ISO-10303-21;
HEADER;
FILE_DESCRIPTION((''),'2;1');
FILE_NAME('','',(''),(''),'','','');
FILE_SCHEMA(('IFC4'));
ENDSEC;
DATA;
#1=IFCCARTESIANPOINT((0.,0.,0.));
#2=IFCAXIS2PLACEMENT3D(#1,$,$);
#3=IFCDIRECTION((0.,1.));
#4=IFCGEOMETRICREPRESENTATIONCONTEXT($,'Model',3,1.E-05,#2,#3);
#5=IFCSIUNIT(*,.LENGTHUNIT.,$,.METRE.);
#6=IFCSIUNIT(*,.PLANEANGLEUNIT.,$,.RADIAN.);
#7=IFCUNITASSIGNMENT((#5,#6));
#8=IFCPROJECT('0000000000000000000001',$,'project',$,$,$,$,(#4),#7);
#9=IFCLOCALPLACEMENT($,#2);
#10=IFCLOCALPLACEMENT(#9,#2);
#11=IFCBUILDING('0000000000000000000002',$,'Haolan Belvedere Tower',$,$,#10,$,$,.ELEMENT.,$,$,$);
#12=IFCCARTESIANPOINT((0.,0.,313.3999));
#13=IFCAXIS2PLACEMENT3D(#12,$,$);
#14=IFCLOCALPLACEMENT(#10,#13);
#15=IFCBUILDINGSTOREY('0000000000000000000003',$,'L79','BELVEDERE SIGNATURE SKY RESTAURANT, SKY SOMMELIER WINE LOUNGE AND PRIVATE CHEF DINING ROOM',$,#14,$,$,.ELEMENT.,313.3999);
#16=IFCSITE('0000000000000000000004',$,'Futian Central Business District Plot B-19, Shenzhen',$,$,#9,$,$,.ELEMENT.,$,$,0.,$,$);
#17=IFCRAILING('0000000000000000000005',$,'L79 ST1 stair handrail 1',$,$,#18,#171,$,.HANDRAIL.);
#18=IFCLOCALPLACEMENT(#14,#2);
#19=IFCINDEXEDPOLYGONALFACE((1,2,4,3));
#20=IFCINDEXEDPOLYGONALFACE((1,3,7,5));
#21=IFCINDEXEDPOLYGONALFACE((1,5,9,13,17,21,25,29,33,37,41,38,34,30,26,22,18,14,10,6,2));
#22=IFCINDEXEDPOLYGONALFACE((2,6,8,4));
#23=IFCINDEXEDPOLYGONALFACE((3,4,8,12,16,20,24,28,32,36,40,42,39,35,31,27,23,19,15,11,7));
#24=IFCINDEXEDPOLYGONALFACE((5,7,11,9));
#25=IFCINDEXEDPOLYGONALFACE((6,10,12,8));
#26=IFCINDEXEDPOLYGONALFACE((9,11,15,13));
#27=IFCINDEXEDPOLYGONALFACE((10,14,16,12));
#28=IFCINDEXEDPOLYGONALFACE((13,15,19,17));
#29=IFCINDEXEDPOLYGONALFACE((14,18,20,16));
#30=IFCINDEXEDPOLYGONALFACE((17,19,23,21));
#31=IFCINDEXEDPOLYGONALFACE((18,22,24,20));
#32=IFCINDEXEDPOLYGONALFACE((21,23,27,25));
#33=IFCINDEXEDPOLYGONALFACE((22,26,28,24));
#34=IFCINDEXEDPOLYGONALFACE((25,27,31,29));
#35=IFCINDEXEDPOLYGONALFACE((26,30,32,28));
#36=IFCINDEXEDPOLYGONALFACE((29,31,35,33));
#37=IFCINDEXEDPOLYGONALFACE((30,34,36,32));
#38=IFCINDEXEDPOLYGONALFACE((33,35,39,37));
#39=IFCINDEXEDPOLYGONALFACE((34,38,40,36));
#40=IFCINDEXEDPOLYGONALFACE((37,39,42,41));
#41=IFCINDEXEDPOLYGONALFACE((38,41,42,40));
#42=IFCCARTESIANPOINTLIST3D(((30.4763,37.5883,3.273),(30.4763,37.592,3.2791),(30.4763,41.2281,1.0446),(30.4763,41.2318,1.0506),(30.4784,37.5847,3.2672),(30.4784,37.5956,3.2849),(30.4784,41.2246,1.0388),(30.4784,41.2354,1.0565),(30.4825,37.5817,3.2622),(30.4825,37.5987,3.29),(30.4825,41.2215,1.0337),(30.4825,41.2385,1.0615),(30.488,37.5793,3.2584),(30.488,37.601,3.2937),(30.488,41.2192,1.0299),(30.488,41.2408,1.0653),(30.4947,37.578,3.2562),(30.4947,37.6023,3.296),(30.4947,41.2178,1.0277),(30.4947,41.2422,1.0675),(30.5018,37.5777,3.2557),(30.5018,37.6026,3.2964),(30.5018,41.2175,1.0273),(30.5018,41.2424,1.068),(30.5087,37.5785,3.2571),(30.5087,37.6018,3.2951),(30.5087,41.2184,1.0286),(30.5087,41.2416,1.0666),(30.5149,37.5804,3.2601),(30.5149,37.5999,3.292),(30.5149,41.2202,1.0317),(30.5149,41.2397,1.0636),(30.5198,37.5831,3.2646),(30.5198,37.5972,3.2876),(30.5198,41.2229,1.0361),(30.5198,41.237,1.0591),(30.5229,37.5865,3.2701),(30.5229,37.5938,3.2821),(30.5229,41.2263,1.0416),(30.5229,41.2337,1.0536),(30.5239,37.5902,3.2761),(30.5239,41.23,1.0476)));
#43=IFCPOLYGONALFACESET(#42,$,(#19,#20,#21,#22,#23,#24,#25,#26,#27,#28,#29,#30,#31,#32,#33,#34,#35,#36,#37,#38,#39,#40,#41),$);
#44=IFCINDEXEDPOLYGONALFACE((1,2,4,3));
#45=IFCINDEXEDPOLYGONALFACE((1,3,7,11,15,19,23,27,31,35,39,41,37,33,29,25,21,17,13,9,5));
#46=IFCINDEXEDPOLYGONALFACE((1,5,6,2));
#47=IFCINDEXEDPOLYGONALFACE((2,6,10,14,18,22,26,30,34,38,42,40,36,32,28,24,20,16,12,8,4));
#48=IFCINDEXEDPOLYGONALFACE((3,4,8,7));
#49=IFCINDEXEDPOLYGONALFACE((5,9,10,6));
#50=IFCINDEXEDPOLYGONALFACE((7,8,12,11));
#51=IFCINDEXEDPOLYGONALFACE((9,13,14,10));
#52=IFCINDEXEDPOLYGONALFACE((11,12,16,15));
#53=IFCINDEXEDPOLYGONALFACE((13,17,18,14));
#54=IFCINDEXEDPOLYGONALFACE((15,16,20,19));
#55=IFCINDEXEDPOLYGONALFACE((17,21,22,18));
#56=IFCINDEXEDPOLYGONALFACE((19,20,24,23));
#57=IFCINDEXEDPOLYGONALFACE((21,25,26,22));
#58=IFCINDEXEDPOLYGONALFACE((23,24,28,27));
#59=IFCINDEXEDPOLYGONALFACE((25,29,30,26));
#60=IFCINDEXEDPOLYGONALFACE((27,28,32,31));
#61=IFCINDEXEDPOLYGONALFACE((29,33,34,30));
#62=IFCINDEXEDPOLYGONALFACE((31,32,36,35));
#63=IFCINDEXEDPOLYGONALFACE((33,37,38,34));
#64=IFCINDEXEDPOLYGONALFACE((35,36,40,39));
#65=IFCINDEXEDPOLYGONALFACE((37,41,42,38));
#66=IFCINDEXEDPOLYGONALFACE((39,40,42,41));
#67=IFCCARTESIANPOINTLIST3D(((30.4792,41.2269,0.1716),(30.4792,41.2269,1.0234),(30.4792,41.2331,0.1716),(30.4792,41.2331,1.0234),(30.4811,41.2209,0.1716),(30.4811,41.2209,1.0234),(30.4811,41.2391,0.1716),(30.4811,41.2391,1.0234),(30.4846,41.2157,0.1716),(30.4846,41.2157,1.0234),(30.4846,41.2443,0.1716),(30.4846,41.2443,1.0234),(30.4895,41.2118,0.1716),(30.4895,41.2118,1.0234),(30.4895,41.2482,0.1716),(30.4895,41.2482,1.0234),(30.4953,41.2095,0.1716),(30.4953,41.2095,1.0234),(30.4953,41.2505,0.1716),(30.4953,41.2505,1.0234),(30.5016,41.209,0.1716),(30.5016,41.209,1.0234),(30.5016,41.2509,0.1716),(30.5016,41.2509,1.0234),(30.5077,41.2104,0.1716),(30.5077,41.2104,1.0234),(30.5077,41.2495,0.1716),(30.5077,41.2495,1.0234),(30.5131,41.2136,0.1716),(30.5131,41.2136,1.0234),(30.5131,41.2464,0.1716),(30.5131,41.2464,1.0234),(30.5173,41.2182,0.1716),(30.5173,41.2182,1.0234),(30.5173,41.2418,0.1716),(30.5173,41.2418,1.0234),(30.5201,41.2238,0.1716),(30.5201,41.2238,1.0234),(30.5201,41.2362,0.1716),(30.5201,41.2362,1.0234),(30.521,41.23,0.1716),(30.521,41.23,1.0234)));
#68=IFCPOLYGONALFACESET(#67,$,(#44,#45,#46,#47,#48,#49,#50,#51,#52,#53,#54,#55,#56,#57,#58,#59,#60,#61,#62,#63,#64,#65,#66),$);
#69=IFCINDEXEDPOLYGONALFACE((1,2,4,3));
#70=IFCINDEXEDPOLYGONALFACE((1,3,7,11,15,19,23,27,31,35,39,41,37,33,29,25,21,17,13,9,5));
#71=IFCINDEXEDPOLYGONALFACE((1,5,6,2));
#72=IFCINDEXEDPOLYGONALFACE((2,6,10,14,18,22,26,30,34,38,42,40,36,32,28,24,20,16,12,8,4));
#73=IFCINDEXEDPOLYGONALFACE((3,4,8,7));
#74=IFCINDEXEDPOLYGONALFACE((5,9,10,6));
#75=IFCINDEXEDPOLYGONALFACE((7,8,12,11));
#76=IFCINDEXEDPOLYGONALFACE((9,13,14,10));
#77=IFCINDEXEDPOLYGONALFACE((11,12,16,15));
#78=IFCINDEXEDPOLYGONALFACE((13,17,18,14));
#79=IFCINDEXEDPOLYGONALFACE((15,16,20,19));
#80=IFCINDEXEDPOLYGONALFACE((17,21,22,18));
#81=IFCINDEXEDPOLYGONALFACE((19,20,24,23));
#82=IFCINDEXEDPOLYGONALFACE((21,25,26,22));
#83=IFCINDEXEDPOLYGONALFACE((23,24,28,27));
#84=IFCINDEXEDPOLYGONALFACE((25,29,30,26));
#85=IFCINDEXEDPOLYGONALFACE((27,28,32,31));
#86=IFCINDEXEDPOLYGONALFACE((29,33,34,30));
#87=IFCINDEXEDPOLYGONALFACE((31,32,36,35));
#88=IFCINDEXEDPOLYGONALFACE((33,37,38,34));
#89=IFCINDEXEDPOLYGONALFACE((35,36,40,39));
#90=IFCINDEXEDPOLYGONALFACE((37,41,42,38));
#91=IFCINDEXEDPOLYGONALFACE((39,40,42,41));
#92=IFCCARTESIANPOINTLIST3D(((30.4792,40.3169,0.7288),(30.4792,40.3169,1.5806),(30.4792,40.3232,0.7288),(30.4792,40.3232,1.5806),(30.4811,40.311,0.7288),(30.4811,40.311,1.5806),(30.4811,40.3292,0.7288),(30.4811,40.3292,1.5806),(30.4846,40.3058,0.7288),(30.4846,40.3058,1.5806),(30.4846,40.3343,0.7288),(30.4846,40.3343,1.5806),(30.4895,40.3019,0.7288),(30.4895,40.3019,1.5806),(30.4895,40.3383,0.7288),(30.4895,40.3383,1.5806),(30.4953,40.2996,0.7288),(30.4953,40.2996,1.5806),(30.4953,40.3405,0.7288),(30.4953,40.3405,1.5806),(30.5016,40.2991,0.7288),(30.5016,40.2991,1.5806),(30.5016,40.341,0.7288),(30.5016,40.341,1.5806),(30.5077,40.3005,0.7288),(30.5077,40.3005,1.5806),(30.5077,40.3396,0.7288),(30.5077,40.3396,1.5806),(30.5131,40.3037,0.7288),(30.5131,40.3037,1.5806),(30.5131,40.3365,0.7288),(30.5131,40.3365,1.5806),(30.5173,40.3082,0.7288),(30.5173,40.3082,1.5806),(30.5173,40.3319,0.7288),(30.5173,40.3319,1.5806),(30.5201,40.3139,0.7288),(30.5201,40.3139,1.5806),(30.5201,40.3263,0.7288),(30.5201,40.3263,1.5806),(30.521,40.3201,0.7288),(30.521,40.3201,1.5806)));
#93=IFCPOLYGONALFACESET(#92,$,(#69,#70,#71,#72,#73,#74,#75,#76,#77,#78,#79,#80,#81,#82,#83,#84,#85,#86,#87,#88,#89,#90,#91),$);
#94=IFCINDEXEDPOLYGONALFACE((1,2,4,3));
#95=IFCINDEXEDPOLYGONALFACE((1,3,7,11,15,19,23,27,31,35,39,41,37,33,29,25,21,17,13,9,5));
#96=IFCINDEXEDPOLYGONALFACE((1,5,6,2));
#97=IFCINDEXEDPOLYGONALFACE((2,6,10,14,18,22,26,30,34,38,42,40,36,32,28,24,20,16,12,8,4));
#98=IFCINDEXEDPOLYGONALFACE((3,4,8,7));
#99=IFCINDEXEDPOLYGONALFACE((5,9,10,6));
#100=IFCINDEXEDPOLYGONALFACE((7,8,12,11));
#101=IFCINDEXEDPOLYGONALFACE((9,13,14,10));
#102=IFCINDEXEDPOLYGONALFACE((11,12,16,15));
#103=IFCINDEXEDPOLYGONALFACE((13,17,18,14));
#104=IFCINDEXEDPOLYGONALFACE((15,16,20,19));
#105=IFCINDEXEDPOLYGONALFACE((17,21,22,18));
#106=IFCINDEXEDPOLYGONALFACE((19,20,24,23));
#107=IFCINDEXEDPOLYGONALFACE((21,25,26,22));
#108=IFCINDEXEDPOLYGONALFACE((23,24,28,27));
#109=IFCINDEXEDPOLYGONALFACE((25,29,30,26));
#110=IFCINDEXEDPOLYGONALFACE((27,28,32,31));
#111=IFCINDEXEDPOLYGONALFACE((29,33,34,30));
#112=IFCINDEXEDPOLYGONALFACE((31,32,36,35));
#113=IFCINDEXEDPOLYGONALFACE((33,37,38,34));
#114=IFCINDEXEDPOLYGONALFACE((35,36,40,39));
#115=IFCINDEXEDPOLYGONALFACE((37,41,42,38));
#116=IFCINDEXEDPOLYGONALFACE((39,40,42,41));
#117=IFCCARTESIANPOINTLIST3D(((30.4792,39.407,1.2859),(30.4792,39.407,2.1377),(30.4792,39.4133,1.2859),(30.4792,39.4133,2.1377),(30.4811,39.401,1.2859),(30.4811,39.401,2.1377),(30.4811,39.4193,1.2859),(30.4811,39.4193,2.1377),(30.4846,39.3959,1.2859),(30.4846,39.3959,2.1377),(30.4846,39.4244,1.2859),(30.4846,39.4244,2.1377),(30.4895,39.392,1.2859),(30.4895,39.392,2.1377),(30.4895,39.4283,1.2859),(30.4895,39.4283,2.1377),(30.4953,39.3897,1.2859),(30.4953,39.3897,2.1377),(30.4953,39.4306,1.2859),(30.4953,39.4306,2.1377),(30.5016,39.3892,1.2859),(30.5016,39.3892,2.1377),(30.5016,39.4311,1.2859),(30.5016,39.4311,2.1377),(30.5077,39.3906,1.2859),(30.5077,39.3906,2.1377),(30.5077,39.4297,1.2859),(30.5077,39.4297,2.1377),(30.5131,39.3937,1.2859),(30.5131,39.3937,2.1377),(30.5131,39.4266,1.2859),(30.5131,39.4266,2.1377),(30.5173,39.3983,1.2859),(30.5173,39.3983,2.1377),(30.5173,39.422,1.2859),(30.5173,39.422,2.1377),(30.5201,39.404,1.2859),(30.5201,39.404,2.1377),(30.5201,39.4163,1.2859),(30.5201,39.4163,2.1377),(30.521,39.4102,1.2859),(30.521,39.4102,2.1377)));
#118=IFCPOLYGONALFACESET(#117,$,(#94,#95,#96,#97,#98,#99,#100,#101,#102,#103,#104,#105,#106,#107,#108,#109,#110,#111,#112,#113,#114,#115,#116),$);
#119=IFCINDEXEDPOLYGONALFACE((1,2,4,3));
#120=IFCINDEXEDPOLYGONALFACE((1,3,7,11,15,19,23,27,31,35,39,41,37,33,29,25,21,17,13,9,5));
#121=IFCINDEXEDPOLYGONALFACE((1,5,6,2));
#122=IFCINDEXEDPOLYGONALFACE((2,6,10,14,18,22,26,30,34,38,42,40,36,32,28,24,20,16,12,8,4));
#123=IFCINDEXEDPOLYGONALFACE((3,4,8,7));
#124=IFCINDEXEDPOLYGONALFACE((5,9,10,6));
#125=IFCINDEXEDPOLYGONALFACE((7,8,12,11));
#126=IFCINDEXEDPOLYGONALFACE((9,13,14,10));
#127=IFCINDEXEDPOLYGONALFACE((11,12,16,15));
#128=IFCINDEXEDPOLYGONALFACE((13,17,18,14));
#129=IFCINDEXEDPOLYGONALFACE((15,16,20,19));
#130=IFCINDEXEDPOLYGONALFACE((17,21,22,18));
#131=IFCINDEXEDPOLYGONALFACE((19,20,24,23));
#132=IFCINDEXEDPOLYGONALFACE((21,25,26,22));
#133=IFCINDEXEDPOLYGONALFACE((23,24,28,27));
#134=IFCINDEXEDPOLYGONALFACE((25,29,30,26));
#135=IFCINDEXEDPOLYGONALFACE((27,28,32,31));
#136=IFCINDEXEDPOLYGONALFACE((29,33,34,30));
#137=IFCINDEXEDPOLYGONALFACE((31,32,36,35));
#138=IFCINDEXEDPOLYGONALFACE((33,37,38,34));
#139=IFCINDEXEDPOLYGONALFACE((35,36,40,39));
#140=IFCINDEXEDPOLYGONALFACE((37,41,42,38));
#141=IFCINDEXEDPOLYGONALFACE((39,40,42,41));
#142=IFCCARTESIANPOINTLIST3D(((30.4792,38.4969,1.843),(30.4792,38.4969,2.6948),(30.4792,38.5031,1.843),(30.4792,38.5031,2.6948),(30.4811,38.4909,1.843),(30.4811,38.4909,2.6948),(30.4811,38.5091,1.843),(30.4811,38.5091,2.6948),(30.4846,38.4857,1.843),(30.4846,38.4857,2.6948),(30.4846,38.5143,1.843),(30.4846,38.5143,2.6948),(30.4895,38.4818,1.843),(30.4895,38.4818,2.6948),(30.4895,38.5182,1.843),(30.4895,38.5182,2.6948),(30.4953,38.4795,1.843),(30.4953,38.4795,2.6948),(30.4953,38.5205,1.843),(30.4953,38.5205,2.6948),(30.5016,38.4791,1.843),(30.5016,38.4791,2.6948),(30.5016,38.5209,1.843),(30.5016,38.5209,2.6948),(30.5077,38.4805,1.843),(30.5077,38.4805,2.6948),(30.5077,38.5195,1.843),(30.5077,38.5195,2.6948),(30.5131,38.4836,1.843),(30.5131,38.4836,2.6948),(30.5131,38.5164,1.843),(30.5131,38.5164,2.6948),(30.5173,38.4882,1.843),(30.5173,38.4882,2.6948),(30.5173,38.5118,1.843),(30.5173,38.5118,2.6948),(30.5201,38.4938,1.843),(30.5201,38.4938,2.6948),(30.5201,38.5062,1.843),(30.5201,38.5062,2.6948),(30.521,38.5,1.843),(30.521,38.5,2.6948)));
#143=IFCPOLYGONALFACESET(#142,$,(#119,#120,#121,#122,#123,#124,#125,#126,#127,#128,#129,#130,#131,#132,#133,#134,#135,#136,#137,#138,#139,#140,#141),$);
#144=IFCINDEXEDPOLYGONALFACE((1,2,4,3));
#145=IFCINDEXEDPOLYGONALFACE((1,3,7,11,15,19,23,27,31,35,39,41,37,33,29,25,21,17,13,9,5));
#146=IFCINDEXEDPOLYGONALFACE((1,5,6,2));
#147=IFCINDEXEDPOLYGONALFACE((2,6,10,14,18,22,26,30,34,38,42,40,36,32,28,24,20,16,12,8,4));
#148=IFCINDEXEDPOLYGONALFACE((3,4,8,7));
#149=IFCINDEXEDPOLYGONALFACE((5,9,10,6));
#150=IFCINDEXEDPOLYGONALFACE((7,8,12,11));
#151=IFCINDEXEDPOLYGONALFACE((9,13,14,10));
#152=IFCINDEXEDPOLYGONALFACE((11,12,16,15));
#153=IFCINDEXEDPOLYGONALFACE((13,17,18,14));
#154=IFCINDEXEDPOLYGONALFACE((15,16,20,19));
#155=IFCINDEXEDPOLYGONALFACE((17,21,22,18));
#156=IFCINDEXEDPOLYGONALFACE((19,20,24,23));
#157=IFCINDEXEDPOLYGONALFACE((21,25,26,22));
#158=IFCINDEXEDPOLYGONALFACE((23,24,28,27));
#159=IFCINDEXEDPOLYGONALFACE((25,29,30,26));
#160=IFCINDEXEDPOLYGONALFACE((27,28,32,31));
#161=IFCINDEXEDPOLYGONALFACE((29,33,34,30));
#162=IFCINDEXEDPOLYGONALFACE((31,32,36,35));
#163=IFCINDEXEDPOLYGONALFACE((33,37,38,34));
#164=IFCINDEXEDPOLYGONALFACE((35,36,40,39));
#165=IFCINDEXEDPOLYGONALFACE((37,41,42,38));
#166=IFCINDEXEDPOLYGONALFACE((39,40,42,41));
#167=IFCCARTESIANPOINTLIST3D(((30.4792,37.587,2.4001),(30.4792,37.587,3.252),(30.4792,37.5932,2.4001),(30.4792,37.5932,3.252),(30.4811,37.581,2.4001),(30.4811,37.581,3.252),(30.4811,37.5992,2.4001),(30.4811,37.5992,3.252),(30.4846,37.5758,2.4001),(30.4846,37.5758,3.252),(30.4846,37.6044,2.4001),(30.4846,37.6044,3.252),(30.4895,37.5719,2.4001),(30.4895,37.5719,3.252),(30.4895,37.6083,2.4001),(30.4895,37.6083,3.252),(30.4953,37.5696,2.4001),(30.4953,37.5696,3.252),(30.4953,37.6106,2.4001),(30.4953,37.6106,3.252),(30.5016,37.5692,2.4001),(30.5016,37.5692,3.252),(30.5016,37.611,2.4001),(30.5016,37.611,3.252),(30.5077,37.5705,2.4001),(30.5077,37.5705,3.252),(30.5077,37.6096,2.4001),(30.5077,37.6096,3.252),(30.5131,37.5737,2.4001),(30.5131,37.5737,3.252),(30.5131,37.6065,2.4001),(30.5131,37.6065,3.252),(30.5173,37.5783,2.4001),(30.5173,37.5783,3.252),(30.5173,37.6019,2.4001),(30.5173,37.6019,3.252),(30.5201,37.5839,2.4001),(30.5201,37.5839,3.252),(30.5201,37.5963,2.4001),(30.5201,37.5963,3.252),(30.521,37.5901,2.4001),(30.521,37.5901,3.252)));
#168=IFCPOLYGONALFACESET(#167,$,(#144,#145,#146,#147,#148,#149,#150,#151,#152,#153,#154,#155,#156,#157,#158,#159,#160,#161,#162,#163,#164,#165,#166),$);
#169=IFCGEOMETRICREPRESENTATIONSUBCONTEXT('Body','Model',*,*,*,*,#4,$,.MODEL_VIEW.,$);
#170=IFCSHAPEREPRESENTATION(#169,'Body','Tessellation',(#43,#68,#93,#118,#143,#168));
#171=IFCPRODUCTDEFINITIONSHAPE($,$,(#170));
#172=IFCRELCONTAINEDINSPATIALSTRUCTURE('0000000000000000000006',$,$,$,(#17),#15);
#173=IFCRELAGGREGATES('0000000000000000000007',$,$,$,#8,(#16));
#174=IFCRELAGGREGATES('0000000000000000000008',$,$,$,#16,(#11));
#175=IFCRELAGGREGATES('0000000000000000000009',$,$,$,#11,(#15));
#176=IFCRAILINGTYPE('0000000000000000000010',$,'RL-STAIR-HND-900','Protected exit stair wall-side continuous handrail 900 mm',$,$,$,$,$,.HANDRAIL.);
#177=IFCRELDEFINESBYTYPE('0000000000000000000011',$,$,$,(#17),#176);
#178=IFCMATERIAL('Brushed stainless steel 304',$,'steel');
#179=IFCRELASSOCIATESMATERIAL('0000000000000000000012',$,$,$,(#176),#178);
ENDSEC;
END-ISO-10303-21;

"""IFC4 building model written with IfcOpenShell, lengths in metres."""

from ifc_helpers import new_model, si_unit, direction, frame, origin, origin_2d, place, context, subcontext, project, spatial, circle, extrude, material, type_object, element, save


model = new_model("IFC4")

# Units and contexts
model_context = context("Model", 3, precision=1e-05, world=origin(), true_north=direction((0.0, 1.0)))
body_context = subcontext(model_context, "Body", "Model", "MODEL_VIEW")
ifc_project = project(units=[si_unit("LENGTHUNIT", "METRE"), si_unit("PLANEANGLEUNIT", "RADIAN")], contexts=[model_context])

# Site, building, storey
site_placement = place(None, origin())
site = spatial("IfcSite", under=ifc_project, at=site_placement, Name="Futian Central Business District Plot B-19, Shenzhen", CompositionType="ELEMENT", RefElevation=0.0)
building_placement = place(site_placement, origin())
building = spatial("IfcBuilding", under=site, at=building_placement, Name="Haolan Belvedere Tower", CompositionType="ELEMENT")
storey_placement = place(building_placement, frame((0.0, 0.0, 313.3999)))
storey = spatial("IfcBuildingStorey", under=building, at=storey_placement, Name="L79", Description="BELVEDERE SIGNATURE SKY RESTAURANT, SKY SOMMELIER WINE LOUNGE AND PRIVATE CHEF DINING ROOM", CompositionType="ELEMENT", Elevation=313.3999)

# Railing
ifc_material_1 = material(Name="Brushed stainless steel 304", Category="steel")
railing_type_1 = type_object("IfcRailingType", Name="RL-STAIR-HND-900", Description="Protected exit stair wall-side continuous handrail 900 mm", PredefinedType="HANDRAIL", material=ifc_material_1)
railing_1_placement = place(storey_placement, frame((30.5, 41.23, 0.1716)))
element("IfcRailing", 1, at=railing_1_placement, inside=storey, type_object=railing_type_1, Name="L79 ST1 stair handrail 1", PredefinedType="HANDRAIL", context=body_context, shape_type="SweptSolid", body=[
    extrude(circle(Radius=0.0239, at=origin_2d()), frame((0.0, 0.0, 0.876), z_axis=(0.0, -0.85285, 0.522156), x_axis=(1.0, 0.0, 0.0)), (0.0, 0.0, 1.0), 4.2678),
    extrude(circle(Radius=0.021, at=origin_2d()), origin(), (0.0, 0.0, 1.0), 0.8518),
    extrude(circle(Radius=0.021, at=origin_2d()), frame((0.0, -0.9099, 0.5571)), (0.0, 0.0, 1.0), 0.8518),
    extrude(circle(Radius=0.021, at=origin_2d()), frame((0.0, -1.8198, 1.1143)), (0.0, 0.0, 1.0), 0.8518),
    extrude(circle(Radius=0.021, at=origin_2d()), frame((0.0, -2.73, 1.6714)), (0.0, 0.0, 1.0), 0.8518),
    extrude(circle(Radius=0.021, at=origin_2d()), frame((0.0, -3.6399, 2.2285)), (0.0, 0.0, 1.0), 0.8518),
])

save(model, "model.ifc")
